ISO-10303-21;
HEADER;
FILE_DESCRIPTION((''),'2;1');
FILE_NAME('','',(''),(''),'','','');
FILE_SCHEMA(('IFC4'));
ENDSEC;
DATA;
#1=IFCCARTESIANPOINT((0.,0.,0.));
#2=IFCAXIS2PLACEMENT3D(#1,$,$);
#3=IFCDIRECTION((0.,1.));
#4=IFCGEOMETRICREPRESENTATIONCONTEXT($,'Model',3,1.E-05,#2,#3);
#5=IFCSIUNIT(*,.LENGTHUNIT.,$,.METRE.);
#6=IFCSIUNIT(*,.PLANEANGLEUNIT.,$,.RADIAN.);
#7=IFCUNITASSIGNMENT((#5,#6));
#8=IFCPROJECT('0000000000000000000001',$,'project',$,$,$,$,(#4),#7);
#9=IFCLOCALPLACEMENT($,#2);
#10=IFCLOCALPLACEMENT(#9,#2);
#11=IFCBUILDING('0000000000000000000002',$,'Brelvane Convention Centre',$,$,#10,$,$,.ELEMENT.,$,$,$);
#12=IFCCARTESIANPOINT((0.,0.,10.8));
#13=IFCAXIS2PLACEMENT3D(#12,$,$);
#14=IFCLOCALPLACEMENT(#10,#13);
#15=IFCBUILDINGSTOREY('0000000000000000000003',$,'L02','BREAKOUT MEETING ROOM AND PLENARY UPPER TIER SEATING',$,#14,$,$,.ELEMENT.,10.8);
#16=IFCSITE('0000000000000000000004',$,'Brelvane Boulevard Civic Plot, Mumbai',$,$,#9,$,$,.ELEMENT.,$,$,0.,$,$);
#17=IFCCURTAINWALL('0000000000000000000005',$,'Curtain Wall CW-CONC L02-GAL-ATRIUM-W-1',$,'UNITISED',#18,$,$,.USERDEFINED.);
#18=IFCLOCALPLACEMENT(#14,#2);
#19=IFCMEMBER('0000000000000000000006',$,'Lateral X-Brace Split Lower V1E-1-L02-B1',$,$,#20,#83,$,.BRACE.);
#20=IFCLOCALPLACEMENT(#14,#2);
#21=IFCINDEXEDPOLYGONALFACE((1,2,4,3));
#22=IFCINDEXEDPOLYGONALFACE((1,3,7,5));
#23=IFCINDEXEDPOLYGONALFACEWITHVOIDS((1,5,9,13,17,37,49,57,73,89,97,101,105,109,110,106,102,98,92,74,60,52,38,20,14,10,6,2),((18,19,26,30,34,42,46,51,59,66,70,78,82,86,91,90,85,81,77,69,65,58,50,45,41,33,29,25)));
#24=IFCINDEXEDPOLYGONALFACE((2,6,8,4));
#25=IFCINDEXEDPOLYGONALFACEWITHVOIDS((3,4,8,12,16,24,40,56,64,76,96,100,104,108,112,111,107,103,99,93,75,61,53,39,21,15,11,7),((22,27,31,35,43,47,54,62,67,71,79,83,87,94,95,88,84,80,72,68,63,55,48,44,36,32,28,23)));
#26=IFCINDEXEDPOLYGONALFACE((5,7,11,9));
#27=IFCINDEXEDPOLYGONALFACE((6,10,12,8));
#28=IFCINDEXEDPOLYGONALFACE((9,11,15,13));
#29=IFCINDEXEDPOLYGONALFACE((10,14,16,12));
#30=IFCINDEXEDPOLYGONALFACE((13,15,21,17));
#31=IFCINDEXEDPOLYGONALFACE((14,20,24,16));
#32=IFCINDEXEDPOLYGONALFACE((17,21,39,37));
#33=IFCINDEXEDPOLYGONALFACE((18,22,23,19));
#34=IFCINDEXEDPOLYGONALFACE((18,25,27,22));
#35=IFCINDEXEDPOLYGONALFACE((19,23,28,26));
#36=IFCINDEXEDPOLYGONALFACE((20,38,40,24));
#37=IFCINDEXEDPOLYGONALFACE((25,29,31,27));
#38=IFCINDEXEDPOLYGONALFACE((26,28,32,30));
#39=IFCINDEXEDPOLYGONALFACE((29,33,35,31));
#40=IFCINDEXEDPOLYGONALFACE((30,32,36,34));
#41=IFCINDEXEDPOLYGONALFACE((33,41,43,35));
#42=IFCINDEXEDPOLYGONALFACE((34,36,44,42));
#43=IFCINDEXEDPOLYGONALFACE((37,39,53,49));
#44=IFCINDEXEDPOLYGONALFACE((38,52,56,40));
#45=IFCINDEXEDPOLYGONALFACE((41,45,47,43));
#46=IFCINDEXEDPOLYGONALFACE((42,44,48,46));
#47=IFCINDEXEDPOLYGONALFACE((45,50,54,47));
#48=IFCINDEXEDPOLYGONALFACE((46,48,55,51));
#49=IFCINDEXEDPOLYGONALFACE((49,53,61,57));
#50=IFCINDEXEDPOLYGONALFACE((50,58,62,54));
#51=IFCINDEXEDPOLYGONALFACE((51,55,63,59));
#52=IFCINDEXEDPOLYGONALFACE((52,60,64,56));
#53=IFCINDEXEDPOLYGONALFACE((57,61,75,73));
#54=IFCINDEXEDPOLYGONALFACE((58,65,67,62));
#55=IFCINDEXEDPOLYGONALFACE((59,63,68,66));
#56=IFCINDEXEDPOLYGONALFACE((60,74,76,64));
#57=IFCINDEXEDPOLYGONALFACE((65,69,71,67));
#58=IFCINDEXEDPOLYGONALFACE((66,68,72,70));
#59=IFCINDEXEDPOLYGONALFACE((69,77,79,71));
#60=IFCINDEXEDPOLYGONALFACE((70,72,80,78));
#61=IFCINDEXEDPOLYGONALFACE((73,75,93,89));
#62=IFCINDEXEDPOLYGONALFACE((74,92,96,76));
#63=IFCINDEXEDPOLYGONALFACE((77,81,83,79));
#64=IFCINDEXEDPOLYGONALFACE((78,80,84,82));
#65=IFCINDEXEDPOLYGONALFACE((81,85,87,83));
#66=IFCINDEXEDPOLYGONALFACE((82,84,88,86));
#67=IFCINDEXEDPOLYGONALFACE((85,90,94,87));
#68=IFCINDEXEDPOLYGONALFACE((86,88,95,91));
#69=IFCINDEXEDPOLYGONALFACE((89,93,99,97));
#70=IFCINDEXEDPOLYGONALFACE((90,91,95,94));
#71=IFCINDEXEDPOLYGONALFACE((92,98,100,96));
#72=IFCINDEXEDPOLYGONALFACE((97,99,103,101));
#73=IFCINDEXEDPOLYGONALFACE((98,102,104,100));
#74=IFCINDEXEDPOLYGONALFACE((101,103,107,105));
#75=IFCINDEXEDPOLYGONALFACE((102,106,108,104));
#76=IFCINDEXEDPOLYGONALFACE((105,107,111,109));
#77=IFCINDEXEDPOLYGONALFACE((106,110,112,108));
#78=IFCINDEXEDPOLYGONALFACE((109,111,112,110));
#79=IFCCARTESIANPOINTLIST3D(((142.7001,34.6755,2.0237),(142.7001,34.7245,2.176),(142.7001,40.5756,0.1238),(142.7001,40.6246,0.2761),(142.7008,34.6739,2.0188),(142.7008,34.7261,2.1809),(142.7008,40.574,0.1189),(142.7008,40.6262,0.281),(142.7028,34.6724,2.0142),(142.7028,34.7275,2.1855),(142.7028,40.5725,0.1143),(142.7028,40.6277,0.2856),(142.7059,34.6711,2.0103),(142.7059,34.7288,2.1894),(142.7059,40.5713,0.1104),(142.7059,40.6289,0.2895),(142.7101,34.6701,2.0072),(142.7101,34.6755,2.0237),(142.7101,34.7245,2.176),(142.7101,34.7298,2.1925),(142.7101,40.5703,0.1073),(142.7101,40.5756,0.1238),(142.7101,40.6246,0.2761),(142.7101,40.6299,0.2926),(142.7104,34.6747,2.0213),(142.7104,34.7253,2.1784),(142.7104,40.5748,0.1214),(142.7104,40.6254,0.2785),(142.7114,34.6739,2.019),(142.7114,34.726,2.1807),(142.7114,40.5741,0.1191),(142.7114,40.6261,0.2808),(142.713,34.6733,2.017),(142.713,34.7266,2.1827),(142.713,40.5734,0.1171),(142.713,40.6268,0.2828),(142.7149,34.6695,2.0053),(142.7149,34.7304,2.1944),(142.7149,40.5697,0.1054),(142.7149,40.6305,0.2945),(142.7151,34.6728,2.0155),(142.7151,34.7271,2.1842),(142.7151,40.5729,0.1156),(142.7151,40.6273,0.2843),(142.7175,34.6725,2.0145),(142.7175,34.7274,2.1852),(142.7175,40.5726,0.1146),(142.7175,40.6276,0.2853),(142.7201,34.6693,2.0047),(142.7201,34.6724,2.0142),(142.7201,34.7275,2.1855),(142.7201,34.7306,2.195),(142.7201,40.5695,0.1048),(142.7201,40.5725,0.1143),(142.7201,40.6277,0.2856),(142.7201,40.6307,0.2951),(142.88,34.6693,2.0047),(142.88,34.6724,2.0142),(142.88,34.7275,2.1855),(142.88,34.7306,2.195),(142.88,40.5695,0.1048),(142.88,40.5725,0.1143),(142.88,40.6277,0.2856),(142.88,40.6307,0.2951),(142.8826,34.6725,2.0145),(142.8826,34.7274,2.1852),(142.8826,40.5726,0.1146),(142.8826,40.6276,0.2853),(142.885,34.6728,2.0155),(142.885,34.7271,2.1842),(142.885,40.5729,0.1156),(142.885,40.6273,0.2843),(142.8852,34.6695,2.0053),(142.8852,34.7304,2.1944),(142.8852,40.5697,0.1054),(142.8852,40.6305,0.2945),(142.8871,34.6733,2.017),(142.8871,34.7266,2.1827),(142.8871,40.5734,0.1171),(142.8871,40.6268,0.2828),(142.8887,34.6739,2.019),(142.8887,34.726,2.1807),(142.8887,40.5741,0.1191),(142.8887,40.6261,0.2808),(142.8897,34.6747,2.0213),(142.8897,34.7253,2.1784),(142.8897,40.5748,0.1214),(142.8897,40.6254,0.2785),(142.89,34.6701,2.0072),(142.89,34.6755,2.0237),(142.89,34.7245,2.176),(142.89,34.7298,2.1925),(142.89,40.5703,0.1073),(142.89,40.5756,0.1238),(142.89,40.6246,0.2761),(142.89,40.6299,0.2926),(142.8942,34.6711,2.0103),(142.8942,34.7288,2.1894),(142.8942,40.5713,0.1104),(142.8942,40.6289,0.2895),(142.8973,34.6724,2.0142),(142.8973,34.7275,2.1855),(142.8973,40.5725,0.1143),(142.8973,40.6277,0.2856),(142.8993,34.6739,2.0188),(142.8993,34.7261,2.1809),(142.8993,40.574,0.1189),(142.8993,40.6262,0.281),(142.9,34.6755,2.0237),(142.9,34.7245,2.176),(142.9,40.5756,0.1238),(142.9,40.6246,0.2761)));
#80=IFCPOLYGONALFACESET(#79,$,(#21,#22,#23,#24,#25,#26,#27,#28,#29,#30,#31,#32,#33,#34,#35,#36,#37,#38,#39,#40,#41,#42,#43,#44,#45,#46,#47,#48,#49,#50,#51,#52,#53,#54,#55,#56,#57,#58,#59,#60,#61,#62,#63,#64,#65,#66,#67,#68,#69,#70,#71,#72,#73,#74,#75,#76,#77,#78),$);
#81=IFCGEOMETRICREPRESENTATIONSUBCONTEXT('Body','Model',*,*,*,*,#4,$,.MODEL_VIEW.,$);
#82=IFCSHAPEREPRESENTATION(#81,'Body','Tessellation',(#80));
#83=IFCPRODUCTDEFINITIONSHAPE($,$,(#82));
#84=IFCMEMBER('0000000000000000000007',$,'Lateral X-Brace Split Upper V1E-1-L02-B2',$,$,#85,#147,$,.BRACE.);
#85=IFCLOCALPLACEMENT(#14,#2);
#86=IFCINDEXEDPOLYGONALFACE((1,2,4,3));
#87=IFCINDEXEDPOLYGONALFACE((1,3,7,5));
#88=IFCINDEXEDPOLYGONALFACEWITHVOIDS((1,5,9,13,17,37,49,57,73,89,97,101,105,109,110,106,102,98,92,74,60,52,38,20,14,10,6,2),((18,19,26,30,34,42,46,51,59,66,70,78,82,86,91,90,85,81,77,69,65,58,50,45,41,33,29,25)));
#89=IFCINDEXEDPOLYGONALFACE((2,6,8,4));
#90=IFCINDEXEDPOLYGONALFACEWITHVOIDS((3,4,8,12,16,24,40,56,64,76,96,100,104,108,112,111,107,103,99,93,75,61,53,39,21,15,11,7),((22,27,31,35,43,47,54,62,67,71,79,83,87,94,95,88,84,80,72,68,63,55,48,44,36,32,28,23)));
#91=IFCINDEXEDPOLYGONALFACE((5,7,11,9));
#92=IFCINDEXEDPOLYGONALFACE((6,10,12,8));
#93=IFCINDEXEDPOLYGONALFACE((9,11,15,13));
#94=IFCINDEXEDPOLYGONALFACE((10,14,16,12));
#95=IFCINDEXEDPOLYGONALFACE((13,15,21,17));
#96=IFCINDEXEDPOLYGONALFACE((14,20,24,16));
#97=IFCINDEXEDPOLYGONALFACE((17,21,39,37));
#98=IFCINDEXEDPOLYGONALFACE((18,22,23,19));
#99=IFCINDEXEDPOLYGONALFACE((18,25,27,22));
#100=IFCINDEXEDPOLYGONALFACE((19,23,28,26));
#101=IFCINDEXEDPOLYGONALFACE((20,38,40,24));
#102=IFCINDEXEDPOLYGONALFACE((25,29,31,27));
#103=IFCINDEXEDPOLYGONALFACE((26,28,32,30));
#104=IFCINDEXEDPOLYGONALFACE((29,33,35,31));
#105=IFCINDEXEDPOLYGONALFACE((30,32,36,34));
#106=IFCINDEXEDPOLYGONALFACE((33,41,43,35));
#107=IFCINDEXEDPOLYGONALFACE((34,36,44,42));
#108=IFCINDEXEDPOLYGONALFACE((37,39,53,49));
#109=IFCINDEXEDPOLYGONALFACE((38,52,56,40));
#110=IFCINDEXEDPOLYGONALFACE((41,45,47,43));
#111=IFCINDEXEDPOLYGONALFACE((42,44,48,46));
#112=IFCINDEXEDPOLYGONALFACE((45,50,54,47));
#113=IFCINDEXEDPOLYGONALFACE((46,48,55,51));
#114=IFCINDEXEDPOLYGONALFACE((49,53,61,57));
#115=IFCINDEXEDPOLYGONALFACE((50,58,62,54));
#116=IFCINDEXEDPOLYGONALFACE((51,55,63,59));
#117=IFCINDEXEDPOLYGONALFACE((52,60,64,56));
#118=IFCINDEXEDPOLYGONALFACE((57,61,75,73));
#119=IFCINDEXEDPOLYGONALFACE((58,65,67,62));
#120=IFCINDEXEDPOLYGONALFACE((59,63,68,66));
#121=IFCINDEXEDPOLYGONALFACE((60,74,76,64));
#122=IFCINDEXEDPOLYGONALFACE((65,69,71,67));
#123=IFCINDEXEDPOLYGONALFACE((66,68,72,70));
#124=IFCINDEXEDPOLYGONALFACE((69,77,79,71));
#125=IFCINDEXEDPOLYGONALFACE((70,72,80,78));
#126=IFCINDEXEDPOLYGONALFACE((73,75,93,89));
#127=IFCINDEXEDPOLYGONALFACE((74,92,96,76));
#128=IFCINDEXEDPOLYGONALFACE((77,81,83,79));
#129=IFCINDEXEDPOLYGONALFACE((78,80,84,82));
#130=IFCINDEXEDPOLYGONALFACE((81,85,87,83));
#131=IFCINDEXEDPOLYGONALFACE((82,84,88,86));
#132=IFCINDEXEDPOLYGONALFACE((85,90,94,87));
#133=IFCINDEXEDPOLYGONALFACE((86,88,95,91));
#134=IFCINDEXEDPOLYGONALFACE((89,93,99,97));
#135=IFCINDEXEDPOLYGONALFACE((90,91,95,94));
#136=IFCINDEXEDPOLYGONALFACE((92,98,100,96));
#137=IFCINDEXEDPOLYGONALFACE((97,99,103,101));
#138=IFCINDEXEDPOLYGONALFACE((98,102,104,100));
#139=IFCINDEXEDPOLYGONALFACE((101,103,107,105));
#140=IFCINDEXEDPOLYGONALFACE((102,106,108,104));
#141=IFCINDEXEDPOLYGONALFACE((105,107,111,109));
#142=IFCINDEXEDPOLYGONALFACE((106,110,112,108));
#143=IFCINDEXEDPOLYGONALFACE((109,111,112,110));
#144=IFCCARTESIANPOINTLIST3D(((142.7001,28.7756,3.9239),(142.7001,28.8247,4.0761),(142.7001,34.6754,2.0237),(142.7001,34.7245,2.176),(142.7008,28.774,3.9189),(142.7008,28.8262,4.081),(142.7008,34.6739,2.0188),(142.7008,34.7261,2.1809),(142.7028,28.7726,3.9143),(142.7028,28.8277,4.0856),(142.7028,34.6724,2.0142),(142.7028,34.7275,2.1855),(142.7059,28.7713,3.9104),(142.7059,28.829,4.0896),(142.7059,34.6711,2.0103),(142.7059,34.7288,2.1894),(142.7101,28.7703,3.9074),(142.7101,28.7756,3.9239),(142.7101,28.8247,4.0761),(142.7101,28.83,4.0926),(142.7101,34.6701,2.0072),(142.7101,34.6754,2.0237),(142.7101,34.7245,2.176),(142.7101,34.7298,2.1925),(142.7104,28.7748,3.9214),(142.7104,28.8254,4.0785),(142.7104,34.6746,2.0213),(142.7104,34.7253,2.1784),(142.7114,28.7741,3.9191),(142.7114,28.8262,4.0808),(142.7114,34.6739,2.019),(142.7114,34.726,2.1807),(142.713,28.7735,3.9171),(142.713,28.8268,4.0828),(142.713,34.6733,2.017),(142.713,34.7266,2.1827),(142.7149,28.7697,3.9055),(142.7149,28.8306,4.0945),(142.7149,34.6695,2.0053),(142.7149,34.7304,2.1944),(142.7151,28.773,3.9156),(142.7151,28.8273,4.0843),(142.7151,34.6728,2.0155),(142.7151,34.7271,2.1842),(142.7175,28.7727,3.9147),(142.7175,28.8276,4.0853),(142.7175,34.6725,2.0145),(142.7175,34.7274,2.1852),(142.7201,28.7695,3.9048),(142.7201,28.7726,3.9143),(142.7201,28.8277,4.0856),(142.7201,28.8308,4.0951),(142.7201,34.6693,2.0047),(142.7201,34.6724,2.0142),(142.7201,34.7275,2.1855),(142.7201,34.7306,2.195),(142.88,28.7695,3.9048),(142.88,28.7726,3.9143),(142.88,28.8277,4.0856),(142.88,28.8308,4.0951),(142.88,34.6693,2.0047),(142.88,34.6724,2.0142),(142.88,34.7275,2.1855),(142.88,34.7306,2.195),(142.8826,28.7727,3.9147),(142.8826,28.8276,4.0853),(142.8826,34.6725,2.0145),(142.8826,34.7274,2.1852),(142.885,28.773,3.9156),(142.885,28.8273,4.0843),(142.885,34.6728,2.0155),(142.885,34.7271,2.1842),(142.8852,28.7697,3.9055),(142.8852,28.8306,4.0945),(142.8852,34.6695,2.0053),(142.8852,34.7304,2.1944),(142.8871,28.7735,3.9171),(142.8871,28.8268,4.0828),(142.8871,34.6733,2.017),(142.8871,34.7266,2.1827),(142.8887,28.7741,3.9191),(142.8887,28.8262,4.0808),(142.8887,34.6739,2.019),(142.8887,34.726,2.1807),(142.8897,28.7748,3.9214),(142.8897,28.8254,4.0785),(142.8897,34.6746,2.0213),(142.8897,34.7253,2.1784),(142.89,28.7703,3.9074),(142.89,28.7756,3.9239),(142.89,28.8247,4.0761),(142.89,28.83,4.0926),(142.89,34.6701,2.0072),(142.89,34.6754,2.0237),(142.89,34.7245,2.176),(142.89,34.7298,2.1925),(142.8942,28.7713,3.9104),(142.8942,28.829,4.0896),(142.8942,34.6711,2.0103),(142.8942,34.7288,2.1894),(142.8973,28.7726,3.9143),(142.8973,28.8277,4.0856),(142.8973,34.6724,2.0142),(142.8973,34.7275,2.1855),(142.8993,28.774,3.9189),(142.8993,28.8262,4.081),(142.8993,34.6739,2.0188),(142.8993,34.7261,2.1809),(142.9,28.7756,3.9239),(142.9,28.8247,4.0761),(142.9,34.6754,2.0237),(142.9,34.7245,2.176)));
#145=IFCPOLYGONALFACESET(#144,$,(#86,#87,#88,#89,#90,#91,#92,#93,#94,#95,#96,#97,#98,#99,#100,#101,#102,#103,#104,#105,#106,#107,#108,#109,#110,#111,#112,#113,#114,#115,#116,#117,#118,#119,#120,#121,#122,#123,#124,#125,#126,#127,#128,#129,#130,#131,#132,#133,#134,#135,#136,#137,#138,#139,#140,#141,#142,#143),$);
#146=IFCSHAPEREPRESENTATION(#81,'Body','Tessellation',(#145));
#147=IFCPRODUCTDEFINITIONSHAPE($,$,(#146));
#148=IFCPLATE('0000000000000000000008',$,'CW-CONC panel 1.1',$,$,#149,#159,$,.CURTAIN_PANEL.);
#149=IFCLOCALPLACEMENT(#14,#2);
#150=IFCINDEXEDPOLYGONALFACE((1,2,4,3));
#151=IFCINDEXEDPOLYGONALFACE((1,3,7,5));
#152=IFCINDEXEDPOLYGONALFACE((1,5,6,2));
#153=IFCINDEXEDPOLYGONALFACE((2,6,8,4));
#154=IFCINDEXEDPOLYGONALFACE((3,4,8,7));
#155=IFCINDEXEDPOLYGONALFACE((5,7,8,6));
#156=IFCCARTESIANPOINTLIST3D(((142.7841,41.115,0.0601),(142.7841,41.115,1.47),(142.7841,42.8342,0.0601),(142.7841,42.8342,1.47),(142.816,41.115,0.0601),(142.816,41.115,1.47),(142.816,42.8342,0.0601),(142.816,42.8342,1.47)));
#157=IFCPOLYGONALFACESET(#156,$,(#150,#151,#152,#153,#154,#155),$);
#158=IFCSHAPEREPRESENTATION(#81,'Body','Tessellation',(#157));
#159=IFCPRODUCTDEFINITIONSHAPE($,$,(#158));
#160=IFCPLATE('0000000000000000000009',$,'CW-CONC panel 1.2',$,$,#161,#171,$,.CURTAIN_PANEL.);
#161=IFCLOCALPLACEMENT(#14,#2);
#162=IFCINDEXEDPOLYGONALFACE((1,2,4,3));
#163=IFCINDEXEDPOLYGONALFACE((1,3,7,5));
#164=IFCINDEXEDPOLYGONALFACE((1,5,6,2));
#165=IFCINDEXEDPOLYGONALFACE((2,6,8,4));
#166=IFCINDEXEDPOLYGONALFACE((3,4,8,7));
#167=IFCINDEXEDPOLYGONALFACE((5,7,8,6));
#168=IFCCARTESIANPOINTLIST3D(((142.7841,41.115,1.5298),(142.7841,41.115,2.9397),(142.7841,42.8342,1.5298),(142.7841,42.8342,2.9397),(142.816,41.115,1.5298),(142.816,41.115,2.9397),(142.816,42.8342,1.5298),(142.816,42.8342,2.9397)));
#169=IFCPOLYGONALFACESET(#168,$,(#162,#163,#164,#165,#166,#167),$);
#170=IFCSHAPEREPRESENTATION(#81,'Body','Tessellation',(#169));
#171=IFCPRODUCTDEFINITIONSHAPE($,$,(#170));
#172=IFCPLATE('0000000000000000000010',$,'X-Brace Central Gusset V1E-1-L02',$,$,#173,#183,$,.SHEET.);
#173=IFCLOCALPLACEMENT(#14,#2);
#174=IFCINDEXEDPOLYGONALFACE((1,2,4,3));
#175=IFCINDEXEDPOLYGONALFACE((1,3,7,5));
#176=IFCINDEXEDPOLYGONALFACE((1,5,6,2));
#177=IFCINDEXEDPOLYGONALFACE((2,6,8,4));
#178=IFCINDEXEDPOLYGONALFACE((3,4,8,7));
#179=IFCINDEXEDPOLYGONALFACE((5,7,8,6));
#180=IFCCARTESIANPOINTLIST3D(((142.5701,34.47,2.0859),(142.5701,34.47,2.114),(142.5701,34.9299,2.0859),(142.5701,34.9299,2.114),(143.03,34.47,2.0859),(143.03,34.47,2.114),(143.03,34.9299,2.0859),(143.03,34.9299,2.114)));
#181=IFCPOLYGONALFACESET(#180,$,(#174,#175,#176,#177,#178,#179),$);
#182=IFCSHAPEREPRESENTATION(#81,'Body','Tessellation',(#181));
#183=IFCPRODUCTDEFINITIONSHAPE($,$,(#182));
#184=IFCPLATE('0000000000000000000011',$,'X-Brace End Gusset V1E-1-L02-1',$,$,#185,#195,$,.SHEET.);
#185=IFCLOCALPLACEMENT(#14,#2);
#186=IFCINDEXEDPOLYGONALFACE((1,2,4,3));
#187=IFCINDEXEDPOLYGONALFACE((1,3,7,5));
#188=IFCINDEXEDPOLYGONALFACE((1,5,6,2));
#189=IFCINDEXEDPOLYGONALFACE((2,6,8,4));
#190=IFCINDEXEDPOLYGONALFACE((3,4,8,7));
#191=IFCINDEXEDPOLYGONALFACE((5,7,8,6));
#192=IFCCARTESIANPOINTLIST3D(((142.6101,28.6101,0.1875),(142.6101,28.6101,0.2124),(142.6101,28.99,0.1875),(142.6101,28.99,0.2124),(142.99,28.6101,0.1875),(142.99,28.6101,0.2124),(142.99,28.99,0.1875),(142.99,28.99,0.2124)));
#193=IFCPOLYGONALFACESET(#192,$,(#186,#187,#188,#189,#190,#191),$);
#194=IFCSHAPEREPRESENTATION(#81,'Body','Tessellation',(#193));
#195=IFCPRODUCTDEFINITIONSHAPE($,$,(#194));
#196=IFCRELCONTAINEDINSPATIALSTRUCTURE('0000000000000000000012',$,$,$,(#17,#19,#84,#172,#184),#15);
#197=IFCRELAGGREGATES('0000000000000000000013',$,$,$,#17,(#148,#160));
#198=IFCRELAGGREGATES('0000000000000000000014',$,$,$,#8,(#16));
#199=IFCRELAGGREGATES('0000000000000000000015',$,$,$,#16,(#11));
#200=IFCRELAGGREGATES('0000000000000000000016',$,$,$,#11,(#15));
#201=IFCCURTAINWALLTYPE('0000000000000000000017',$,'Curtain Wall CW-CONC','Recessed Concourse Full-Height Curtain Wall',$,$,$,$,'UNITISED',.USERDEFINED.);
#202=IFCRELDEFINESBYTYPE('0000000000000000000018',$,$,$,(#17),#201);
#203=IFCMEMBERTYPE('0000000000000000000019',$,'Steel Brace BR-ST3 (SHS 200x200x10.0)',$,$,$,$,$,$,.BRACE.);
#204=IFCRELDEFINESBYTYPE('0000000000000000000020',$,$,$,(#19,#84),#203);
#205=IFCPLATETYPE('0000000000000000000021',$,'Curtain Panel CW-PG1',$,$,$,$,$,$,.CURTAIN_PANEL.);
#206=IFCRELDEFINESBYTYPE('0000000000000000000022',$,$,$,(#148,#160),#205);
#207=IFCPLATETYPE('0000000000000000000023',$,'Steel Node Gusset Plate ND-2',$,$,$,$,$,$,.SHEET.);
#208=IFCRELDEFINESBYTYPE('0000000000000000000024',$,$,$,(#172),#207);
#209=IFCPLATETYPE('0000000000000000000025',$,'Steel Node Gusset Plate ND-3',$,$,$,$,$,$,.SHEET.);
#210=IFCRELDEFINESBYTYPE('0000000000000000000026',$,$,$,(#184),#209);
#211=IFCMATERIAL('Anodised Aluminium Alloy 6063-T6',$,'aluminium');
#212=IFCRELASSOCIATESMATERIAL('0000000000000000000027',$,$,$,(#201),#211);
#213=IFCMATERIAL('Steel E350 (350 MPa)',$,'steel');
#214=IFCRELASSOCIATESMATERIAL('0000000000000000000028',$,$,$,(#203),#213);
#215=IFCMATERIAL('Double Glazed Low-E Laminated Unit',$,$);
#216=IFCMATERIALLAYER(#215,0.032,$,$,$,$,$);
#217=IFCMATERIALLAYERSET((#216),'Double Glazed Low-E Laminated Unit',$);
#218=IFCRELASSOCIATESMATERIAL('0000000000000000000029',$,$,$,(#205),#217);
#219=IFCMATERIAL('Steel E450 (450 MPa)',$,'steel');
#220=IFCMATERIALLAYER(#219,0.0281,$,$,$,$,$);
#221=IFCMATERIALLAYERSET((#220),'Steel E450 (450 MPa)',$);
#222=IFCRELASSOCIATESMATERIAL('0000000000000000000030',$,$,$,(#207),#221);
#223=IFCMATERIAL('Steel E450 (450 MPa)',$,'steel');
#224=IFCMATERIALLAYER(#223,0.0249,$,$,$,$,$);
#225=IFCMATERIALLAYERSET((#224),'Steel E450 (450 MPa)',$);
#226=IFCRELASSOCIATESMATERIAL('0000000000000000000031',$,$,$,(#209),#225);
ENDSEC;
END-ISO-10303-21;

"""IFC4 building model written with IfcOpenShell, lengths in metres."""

from ifc_helpers import new_model, si_unit, direction, frame, origin, origin_2d, place, context, subcontext, project, spatial, rectangle, hollow_rectangle, extrude, material, layer, layer_set, material_profile, profile_set, type_object, element, aggregate, save


model = new_model("IFC4")

# Units and contexts
model_context = context("Model", 3, precision=1e-05, world=origin(), true_north=direction((0.0, 1.0)))
body_context = subcontext(model_context, "Body", "Model", "MODEL_VIEW")
ifc_project = project(units=[si_unit("LENGTHUNIT", "METRE"), si_unit("PLANEANGLEUNIT", "RADIAN")], contexts=[model_context])

# Site, building, storey
site_placement = place(None, origin())
site = spatial("IfcSite", under=ifc_project, at=site_placement, Name="Brelvane Boulevard Civic Plot, Mumbai", CompositionType="ELEMENT", RefElevation=0.0)
building_placement = place(site_placement, origin())
building = spatial("IfcBuilding", under=site, at=building_placement, Name="Brelvane Convention Centre", CompositionType="ELEMENT")
storey_placement = place(building_placement, frame((0.0, 0.0, 10.8)))
storey = spatial("IfcBuildingStorey", under=building, at=storey_placement, Name="L02", Description="BREAKOUT MEETING ROOM AND PLENARY UPPER TIER SEATING", CompositionType="ELEMENT", Elevation=10.8)

# Curtain wall
ifc_material_1 = material(Name="Anodised Aluminium Alloy 6063-T6", Category="aluminium")
curtain_wall_type_1 = type_object("IfcCurtainWallType", Name="Curtain Wall CW-CONC", Description="Recessed Concourse Full-Height Curtain Wall", ElementType="UNITISED", PredefinedType="USERDEFINED", material=ifc_material_1)
curtain_wall_1_placement = place(storey_placement, origin())
curtain_wall_1 = element("IfcCurtainWall", 1, at=curtain_wall_1_placement, inside=storey, type_object=curtain_wall_type_1, Name="Curtain Wall CW-CONC L02-GAL-ATRIUM-W-1", ObjectType="UNITISED", PredefinedType="USERDEFINED")

# Members
ifc_material_2 = material(Name="Steel E350 (350 MPa)", Category="steel")
ifc_material_profile_1 = material_profile(ifc_material_2, hollow_rectangle(XDim=0.2, YDim=0.2, WallThickness=0.01, InnerFilletRadius=0.01, OuterFilletRadius=0.02, at=origin_2d()), Name="SHS 200x200x10.0")
ifc_profile_set_1 = profile_set([ifc_material_profile_1], Name="Steel E350 (350 MPa)")
member_type_1 = type_object("IfcMemberType", Name="Steel Brace BR-ST3 (SHS 200x200x10.0)", PredefinedType="BRACE", material=ifc_profile_set_1)
member_1_placement = place(storey_placement, frame((142.8, 40.6001, 0.2), z_axis=(0.0, -0.951867, 0.30651), x_axis=(1.0, 0.0, 0.0)))
element("IfcMember", 2, at=member_1_placement, inside=storey, type_object=member_type_1, Name="Lateral X-Brace Split Lower V1E-1-L02-B1", PredefinedType="BRACE", context=body_context, shape_type="SweptSolid", body=[
    extrude(hollow_rectangle(XDim=0.2, YDim=0.2, WallThickness=0.01, InnerFilletRadius=0.01, OuterFilletRadius=0.02, at=origin_2d()), origin(), (0.0, 0.0, 1.0), 6.1985),
])
member_2_placement = place(storey_placement, frame((142.8, 34.7, 2.0999), z_axis=(0.0, -0.951852, 0.306557), x_axis=(1.0, 0.0, 0.0)))
element("IfcMember", 3, at=member_2_placement, inside=storey, type_object=member_type_1, Name="Lateral X-Brace Split Upper V1E-1-L02-B2", PredefinedType="BRACE", context=body_context, shape_type="SweptSolid", body=[
    extrude(hollow_rectangle(XDim=0.2, YDim=0.2, WallThickness=0.01, InnerFilletRadius=0.01, OuterFilletRadius=0.02, at=origin_2d()), origin(), (0.0, 0.0, 1.0), 6.1982),
])

# Plates
ifc_material_3 = material(Name="Double Glazed Low-E Laminated Unit")
ifc_layer_1 = layer(ifc_material_3, 0.032)
ifc_layer_set_1 = layer_set([ifc_layer_1], Name="Double Glazed Low-E Laminated Unit")
plate_type_1 = type_object("IfcPlateType", Name="Curtain Panel CW-PG1", PredefinedType="CURTAIN_PANEL", material=ifc_layer_set_1)
plate_1_placement = place(storey_placement, frame((142.8, 41.9746, 0.0601), z_axis=(0.0, 0.0, 1.0), x_axis=(0.0, 1.0, 0.0)))
plate_1 = element("IfcPlate", 4, at=plate_1_placement, type_object=plate_type_1, Name="CW-CONC panel 1.1", PredefinedType="CURTAIN_PANEL", context=body_context, shape_type="SweptSolid", body=[
    extrude(rectangle(XDim=1.7192, YDim=0.032, at=origin_2d()), origin(), (0.0, 0.0, 1.0), 1.4099),
])
plate_2_placement = place(storey_placement, frame((142.8, 41.9746, 1.5298), z_axis=(0.0, 0.0, 1.0), x_axis=(0.0, 1.0, 0.0)))
plate_2 = element("IfcPlate", 5, at=plate_2_placement, type_object=plate_type_1, Name="CW-CONC panel 1.2", PredefinedType="CURTAIN_PANEL", context=body_context, shape_type="SweptSolid", body=[
    extrude(rectangle(XDim=1.7192, YDim=0.032, at=origin_2d()), origin(), (0.0, 0.0, 1.0), 1.4099),
])
aggregate(curtain_wall_1, [plate_1, plate_2])

# Plates
ifc_material_4 = material(Name="Steel E450 (450 MPa)", Category="steel")
ifc_layer_2 = layer(ifc_material_4, 0.0281)
ifc_layer_set_2 = layer_set([ifc_layer_2], Name="Steel E450 (450 MPa)")
plate_type_2 = type_object("IfcPlateType", Name="Steel Node Gusset Plate ND-2", PredefinedType="SHEET", material=ifc_layer_set_2)
plate_3_placement = place(storey_placement, frame((142.8, 34.7, 2.0859), z_axis=(0.0, 0.0, 1.0), x_axis=(1.0, 0.0, 0.0)))
element("IfcPlate", 6, at=plate_3_placement, inside=storey, type_object=plate_type_2, Name="X-Brace Central Gusset V1E-1-L02", PredefinedType="SHEET", context=body_context, shape_type="SweptSolid", body=[
    extrude(rectangle(XDim=0.46, YDim=0.46, at=origin_2d()), origin(), (0.0, 0.0, 1.0), 0.0281),
])
ifc_material_5 = material(Name="Steel E450 (450 MPa)", Category="steel")
ifc_layer_3 = layer(ifc_material_5, 0.0249)
ifc_layer_set_3 = layer_set([ifc_layer_3], Name="Steel E450 (450 MPa)")
plate_type_3 = type_object("IfcPlateType", Name="Steel Node Gusset Plate ND-3", PredefinedType="SHEET", material=ifc_layer_set_3)
for number, where, z_axis, x_axis, name in (
    (7, (142.8, 28.8, 0.1875), (0.0, 0.0, 1.0), (1.0, 0.0, 0.0), "X-Brace End Gusset V1E-1-L02-1"),
):
    element("IfcPlate", number, at=place(storey_placement, frame(where, z_axis=z_axis, x_axis=x_axis)), inside=storey, type_object=plate_type_3, Name=name, PredefinedType="SHEET", context=body_context, shape_type="SweptSolid", body=[
        extrude(rectangle(XDim=0.3799, YDim=0.3799, at=origin_2d()), origin(), (0.0, 0.0, 1.0), 0.0249),
    ])

save(model, "model.ifc")
